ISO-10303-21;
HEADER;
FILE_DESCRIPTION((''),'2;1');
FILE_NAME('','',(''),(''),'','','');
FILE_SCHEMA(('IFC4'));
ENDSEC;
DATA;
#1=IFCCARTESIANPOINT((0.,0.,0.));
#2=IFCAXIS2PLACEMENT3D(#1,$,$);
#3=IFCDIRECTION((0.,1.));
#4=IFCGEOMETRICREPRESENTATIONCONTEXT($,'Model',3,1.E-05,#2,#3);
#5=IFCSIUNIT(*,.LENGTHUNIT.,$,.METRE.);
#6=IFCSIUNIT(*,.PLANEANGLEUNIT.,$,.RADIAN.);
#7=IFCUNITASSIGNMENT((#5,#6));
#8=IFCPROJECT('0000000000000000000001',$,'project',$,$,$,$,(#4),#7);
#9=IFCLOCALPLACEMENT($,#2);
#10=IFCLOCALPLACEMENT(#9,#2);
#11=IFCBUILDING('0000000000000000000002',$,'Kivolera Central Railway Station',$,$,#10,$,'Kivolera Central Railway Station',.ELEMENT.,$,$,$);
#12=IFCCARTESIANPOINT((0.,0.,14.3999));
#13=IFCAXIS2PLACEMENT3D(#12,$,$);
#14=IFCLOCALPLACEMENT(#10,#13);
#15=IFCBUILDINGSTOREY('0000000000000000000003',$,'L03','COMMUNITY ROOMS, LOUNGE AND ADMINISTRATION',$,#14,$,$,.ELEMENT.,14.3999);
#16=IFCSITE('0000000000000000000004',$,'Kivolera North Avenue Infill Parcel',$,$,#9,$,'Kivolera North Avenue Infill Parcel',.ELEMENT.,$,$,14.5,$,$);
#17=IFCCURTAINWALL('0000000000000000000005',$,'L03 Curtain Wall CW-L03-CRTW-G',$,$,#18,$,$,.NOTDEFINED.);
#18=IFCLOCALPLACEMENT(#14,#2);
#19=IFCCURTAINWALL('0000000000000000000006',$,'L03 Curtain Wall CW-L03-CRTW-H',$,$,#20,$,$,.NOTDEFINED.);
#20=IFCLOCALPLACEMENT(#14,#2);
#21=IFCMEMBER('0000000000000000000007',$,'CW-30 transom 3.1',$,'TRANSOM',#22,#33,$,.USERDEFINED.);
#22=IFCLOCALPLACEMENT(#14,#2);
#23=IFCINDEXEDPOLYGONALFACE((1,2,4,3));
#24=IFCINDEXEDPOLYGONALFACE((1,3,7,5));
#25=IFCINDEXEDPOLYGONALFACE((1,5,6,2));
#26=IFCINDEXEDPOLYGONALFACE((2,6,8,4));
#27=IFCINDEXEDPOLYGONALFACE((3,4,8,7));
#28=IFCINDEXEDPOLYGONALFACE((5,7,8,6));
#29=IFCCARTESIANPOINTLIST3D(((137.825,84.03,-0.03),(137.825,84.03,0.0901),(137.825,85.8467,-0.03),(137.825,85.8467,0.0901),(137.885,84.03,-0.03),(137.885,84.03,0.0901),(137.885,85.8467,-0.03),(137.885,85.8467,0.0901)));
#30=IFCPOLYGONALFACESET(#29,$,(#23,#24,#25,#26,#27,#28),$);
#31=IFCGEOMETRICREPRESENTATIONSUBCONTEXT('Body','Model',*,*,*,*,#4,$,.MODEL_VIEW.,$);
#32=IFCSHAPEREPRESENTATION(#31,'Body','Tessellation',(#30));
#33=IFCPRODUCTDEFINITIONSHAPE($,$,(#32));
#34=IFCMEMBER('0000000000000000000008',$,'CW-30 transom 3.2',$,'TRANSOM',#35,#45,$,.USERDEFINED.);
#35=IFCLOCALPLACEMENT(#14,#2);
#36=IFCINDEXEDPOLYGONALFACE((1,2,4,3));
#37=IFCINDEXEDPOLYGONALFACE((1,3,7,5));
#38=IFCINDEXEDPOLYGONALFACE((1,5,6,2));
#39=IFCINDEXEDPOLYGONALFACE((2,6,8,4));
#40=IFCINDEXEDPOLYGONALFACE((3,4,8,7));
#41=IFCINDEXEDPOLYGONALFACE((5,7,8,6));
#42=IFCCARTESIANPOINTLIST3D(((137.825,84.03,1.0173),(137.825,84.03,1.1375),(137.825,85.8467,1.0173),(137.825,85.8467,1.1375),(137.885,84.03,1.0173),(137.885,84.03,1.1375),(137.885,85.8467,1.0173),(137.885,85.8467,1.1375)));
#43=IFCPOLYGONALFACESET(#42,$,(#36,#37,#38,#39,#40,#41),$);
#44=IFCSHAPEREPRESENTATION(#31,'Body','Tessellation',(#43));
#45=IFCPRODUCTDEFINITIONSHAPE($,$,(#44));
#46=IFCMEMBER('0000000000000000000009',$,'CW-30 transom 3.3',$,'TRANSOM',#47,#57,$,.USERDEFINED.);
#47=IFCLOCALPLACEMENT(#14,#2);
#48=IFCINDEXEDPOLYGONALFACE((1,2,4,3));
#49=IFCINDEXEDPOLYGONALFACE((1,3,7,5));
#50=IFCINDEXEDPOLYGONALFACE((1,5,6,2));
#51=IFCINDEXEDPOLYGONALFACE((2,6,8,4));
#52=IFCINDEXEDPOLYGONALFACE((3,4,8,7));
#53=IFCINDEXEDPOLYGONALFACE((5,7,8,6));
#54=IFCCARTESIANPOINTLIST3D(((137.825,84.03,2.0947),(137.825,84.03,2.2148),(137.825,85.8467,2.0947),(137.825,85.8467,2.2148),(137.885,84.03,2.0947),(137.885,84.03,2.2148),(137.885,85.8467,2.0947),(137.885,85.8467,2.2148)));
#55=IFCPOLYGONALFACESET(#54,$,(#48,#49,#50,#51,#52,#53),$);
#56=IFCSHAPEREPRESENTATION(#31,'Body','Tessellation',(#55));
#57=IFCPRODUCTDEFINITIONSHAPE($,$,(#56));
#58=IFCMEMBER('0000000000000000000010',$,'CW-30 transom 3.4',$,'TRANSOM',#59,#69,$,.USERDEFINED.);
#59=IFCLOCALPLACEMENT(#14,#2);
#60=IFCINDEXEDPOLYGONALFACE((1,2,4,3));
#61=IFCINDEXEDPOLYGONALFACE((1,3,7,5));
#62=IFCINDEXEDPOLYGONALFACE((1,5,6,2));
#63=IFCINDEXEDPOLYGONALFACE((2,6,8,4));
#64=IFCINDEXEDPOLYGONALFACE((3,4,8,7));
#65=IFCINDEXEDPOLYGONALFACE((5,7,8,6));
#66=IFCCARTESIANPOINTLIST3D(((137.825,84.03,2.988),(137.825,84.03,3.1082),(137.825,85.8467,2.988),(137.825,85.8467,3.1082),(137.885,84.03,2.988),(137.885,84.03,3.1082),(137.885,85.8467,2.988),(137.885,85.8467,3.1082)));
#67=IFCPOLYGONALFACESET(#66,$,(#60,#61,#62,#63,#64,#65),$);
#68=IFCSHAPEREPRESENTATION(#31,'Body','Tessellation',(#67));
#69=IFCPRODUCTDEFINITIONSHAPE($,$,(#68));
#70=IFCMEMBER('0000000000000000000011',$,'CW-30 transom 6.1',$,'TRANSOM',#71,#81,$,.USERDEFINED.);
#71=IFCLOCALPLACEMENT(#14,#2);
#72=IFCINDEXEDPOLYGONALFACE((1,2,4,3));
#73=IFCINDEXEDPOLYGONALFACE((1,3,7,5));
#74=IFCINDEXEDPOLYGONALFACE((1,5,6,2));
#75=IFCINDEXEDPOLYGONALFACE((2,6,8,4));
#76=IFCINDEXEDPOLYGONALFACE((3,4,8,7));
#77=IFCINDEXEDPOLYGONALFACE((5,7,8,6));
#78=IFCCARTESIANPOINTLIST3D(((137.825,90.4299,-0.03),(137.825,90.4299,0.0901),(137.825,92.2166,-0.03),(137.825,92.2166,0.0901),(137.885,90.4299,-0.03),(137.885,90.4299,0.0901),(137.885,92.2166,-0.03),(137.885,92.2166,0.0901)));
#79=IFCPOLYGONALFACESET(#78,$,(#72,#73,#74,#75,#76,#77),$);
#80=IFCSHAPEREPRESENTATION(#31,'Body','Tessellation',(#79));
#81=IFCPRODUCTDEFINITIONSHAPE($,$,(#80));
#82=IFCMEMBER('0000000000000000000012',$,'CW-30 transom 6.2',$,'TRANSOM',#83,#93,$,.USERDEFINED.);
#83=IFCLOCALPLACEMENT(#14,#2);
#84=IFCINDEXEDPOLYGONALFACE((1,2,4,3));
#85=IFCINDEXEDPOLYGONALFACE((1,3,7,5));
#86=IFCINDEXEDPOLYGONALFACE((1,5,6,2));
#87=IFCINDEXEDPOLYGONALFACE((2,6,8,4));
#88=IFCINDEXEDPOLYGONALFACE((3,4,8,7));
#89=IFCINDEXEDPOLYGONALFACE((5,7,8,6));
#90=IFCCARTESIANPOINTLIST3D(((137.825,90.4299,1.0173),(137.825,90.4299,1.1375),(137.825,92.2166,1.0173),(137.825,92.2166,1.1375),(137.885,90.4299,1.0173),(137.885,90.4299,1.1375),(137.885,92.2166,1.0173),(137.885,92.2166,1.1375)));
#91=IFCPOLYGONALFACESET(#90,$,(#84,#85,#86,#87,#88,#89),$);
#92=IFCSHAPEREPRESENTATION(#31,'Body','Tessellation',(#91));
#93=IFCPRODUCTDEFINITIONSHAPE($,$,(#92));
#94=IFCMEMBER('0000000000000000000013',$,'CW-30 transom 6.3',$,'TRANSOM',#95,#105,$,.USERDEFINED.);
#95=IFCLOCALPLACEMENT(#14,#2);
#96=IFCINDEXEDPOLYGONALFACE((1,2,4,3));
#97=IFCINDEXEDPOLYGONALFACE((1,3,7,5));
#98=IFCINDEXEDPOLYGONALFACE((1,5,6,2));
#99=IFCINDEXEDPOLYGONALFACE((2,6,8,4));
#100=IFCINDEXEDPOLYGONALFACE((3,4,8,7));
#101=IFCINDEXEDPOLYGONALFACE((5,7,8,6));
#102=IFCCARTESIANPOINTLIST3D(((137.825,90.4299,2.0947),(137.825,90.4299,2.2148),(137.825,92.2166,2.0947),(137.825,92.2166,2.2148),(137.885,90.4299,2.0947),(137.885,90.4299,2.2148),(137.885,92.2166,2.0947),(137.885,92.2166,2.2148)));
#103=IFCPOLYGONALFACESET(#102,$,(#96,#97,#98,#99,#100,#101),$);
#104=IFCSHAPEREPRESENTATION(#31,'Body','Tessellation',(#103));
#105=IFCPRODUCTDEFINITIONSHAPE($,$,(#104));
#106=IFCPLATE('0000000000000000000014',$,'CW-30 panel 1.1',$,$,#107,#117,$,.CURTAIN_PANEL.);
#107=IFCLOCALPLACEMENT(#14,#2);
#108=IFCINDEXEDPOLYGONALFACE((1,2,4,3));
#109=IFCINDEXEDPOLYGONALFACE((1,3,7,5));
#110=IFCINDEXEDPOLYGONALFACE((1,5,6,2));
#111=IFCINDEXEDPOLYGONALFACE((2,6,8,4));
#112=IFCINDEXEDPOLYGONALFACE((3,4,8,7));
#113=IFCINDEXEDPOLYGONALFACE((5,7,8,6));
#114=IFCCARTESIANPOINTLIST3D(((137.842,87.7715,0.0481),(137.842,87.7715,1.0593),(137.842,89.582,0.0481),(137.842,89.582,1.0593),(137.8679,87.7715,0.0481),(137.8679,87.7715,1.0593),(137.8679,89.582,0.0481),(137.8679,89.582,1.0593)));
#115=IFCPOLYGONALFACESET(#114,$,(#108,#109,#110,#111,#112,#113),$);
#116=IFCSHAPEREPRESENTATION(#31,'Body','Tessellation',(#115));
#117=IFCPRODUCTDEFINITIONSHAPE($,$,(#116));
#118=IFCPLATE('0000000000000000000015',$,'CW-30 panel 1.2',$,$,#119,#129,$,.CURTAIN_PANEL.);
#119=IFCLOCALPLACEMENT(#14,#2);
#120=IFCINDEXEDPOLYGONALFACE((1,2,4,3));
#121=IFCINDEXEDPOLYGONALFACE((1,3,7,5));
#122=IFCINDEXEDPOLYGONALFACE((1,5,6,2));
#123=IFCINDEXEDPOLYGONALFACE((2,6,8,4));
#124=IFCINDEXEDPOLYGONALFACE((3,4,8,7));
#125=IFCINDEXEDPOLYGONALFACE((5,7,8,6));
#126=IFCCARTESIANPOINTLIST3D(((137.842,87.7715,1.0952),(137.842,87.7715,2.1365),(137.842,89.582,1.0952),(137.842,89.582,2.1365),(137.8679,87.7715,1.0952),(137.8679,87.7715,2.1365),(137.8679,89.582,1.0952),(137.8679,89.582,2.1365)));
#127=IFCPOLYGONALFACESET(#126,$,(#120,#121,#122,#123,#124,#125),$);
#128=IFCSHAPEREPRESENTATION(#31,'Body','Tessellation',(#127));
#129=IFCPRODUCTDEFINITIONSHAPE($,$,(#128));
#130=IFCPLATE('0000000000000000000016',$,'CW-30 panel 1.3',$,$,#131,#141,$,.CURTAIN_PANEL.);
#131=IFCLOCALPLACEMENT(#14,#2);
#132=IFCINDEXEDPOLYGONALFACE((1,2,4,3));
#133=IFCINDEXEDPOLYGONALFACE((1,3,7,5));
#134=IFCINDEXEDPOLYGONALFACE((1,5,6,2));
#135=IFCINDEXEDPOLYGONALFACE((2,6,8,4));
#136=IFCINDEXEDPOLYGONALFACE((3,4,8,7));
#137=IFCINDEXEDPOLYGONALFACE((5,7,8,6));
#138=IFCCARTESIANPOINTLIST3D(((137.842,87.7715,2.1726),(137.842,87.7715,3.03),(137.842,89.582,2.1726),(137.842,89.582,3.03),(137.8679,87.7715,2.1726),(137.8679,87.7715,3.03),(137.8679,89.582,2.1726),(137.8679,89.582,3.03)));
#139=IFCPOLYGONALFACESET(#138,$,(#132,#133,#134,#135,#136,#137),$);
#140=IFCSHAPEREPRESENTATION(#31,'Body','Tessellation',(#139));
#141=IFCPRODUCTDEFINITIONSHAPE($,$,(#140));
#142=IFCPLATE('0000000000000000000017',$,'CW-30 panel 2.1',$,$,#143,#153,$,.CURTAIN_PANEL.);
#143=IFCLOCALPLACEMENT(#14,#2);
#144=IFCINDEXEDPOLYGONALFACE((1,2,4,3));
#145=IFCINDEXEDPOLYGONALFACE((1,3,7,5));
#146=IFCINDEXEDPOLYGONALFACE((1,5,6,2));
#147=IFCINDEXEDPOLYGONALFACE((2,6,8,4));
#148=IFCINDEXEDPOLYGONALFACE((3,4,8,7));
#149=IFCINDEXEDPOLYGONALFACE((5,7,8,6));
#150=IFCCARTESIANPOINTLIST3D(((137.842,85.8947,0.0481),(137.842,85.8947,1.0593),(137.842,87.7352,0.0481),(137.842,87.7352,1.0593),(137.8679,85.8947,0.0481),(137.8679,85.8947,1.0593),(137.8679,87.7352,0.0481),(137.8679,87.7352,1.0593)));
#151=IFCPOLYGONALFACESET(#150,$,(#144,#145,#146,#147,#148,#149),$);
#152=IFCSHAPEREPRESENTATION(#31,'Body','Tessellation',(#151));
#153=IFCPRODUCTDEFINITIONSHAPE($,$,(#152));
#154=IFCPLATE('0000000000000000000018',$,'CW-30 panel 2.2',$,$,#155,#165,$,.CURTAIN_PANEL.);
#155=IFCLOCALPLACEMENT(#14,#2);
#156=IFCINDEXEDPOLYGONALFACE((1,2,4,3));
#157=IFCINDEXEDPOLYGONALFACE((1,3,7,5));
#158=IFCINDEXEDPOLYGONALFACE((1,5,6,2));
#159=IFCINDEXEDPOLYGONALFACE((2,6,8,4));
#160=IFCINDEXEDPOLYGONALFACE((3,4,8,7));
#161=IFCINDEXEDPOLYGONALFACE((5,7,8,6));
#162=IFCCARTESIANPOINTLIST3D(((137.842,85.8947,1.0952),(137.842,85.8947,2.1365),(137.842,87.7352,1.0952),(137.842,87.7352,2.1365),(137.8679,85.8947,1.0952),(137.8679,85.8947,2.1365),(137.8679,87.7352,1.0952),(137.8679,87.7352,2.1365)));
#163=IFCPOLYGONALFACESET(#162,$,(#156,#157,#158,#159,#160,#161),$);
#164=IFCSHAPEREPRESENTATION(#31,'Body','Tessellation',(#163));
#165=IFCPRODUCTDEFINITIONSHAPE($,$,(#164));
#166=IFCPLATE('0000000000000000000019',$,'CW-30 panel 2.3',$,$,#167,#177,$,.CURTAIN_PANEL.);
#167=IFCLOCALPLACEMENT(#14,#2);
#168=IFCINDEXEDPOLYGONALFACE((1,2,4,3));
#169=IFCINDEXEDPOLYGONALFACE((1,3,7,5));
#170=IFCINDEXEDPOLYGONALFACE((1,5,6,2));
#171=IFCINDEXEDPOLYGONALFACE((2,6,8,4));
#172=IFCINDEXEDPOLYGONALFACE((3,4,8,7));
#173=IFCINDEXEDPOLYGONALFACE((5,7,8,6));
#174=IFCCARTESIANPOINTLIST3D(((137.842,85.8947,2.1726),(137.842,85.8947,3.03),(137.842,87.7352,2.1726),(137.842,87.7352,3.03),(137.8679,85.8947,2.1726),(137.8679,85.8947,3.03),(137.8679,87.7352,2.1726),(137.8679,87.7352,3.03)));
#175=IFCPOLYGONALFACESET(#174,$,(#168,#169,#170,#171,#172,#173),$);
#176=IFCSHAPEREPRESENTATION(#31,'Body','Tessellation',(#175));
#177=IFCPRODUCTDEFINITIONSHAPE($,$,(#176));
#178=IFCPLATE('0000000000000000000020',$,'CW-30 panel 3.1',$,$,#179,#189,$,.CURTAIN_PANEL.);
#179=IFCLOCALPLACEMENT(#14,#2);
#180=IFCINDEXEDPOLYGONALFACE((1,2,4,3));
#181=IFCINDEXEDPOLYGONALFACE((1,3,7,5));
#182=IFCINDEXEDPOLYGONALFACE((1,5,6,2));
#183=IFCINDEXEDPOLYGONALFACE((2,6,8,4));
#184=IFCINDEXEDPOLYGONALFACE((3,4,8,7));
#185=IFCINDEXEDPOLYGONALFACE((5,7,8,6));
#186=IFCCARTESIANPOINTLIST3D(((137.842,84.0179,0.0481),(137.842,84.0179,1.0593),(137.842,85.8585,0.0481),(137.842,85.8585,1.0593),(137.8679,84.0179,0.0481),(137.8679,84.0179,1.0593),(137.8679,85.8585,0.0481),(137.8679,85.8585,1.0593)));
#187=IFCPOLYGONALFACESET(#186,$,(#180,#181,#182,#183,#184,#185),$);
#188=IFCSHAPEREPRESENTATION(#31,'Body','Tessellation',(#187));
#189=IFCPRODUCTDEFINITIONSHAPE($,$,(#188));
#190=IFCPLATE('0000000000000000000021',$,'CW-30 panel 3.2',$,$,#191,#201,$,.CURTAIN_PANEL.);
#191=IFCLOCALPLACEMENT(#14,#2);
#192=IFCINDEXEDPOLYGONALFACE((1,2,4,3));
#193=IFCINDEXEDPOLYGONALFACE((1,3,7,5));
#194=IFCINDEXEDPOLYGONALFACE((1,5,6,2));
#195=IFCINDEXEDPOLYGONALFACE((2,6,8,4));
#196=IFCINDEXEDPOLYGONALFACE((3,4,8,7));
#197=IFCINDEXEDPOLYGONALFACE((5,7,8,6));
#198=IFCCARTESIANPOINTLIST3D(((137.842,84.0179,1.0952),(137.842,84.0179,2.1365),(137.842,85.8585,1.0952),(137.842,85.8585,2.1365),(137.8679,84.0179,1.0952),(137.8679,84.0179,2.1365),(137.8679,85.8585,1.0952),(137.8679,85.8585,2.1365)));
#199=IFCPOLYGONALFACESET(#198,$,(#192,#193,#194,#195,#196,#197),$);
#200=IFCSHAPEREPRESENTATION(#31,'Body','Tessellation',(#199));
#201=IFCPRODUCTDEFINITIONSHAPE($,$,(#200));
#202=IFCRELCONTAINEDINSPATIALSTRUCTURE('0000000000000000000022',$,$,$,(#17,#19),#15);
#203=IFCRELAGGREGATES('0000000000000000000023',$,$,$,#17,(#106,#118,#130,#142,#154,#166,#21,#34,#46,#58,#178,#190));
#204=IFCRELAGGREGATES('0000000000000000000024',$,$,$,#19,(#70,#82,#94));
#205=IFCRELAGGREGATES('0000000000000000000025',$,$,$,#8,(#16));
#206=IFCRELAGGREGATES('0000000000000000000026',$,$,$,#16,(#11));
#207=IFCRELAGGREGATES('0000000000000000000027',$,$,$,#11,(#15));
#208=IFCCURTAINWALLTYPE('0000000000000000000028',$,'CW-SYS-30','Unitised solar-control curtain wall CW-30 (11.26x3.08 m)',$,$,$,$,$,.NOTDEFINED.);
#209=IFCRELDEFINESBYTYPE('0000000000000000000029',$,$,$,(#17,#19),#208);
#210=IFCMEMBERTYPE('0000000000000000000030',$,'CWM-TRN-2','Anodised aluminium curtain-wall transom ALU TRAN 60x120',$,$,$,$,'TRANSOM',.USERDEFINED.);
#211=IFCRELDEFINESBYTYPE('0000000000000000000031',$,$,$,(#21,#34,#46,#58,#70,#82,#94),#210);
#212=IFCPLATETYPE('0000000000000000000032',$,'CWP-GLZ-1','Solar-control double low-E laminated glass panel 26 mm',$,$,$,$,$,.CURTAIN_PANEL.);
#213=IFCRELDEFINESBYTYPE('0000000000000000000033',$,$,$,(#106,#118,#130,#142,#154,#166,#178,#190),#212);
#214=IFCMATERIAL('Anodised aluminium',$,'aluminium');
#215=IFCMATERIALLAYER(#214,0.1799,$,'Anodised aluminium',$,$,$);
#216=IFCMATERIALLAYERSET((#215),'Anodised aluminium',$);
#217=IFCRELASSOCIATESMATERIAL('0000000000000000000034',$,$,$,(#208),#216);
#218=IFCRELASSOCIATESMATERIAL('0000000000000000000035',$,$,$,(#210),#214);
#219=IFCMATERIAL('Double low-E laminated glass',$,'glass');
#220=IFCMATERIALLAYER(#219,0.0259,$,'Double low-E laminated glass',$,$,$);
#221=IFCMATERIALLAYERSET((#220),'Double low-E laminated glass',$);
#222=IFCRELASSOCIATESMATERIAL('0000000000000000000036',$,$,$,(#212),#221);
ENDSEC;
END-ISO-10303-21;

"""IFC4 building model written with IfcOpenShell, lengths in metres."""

from ifc_helpers import new_model, si_unit, direction, frame, origin, origin_2d, place, context, subcontext, project, spatial, rectangle, extrude, material, layer, layer_set, material_profile, profile_set, type_object, element, aggregate, save


model = new_model("IFC4")

# Units and contexts
model_context = context("Model", 3, precision=1e-05, world=origin(), true_north=direction((0.0, 1.0)))
body_context = subcontext(model_context, "Body", "Model", "MODEL_VIEW")
ifc_project = project(units=[si_unit("LENGTHUNIT", "METRE"), si_unit("PLANEANGLEUNIT", "RADIAN")], contexts=[model_context])

# Site, building, storey
site_placement = place(None, origin())
site = spatial("IfcSite", under=ifc_project, at=site_placement, Name="Kivolera North Avenue Infill Parcel", LongName="Kivolera North Avenue Infill Parcel", CompositionType="ELEMENT", RefElevation=14.5)
building_placement = place(site_placement, origin())
building = spatial("IfcBuilding", under=site, at=building_placement, Name="Kivolera Central Railway Station", LongName="Kivolera Central Railway Station", CompositionType="ELEMENT")
storey_placement = place(building_placement, frame((0.0, 0.0, 14.3999)))
storey = spatial("IfcBuildingStorey", under=building, at=storey_placement, Name="L03", Description="COMMUNITY ROOMS, LOUNGE AND ADMINISTRATION", CompositionType="ELEMENT", Elevation=14.3999)

# Curtain wall
ifc_material_1 = material(Name="Anodised aluminium", Category="aluminium")
ifc_layer_1 = layer(ifc_material_1, 0.1799, Name="Anodised aluminium")
ifc_layer_set_1 = layer_set([ifc_layer_1], Name="Anodised aluminium")
curtain_wall_type = type_object("IfcCurtainWallType", Name="CW-SYS-30", Description="Unitised solar-control curtain wall CW-30 (11.26x3.08 m)", PredefinedType="NOTDEFINED", material=ifc_layer_set_1)
curtain_wall_1_placement = place(storey_placement, origin())
curtain_wall_1 = element("IfcCurtainWall", 1, at=curtain_wall_1_placement, inside=storey, type_object=curtain_wall_type, Name="L03 Curtain Wall CW-L03-CRTW-G", PredefinedType="NOTDEFINED")

# Curtain wall
curtain_wall_2_placement = place(storey_placement, origin())
curtain_wall_2 = element("IfcCurtainWall", 2, at=curtain_wall_2_placement, inside=storey, type_object=curtain_wall_type, Name="L03 Curtain Wall CW-L03-CRTW-H", PredefinedType="NOTDEFINED")

# Members
ifc_material_profile_1 = material_profile(ifc_material_1, rectangle(XDim=0.0601, YDim=0.1201, at=origin_2d()), Name="ALU TRAN 60x120")
ifc_profile_set_1 = profile_set([ifc_material_profile_1], Name="Anodised aluminium")
member_type_1 = type_object("IfcMemberType", Name="CWM-TRN-2", Description="Anodised aluminium curtain-wall transom ALU TRAN 60x120", ElementType="TRANSOM", PredefinedType="USERDEFINED", material=ifc_profile_set_1)
member_1_placement = place(storey_placement, frame((137.855, 85.8467, 0.03), z_axis=(0.0, -1.0, 0.0), x_axis=(1.0, 0.0, 0.0)))
member_1 = element("IfcMember", 3, at=member_1_placement, type_object=member_type_1, Name="CW-30 transom 3.1", ObjectType="TRANSOM", PredefinedType="USERDEFINED", context=body_context, shape_type="SweptSolid", body=[
    extrude(rectangle(XDim=0.0601, YDim=0.1201, at=origin_2d()), origin(), (0.0, 0.0, 1.0), 1.8167),
])
member_2_placement = place(storey_placement, frame((137.855, 85.8467, 1.0774), z_axis=(0.0, -1.0, 0.0), x_axis=(1.0, 0.0, 0.0)))
member_2 = element("IfcMember", 4, at=member_2_placement, type_object=member_type_1, Name="CW-30 transom 3.2", ObjectType="TRANSOM", PredefinedType="USERDEFINED", context=body_context, shape_type="SweptSolid", body=[
    extrude(rectangle(XDim=0.0601, YDim=0.1201, at=origin_2d()), origin(), (0.0, 0.0, 1.0), 1.8167),
])
member_3_placement = place(storey_placement, frame((137.855, 85.8467, 2.1548), z_axis=(0.0, -1.0, 0.0), x_axis=(1.0, 0.0, 0.0)))
member_3 = element("IfcMember", 5, at=member_3_placement, type_object=member_type_1, Name="CW-30 transom 3.3", ObjectType="TRANSOM", PredefinedType="USERDEFINED", context=body_context, shape_type="SweptSolid", body=[
    extrude(rectangle(XDim=0.0601, YDim=0.1201, at=origin_2d()), origin(), (0.0, 0.0, 1.0), 1.8167),
])
member_4_placement = place(storey_placement, frame((137.855, 85.8467, 3.0481), z_axis=(0.0, -1.0, 0.0), x_axis=(1.0, 0.0, 0.0)))
member_4 = element("IfcMember", 6, at=member_4_placement, type_object=member_type_1, Name="CW-30 transom 3.4", ObjectType="TRANSOM", PredefinedType="USERDEFINED", context=body_context, shape_type="SweptSolid", body=[
    extrude(rectangle(XDim=0.0601, YDim=0.1201, at=origin_2d()), origin(), (0.0, 0.0, 1.0), 1.8167),
])
member_5_placement = place(storey_placement, frame((137.855, 92.2166, 0.03), z_axis=(0.0, -1.0, 0.0), x_axis=(1.0, 0.0, 0.0)))
member_5 = element("IfcMember", 7, at=member_5_placement, type_object=member_type_1, Name="CW-30 transom 6.1", ObjectType="TRANSOM", PredefinedType="USERDEFINED", context=body_context, shape_type="SweptSolid", body=[
    extrude(rectangle(XDim=0.0601, YDim=0.1201, at=origin_2d()), origin(), (0.0, 0.0, 1.0), 1.7866),
])
member_6_placement = place(storey_placement, frame((137.855, 92.2166, 1.0774), z_axis=(0.0, -1.0, 0.0), x_axis=(1.0, 0.0, 0.0)))
member_6 = element("IfcMember", 8, at=member_6_placement, type_object=member_type_1, Name="CW-30 transom 6.2", ObjectType="TRANSOM", PredefinedType="USERDEFINED", context=body_context, shape_type="SweptSolid", body=[
    extrude(rectangle(XDim=0.0601, YDim=0.1201, at=origin_2d()), origin(), (0.0, 0.0, 1.0), 1.7866),
])
member_7_placement = place(storey_placement, frame((137.855, 92.2166, 2.1548), z_axis=(0.0, -1.0, 0.0), x_axis=(1.0, 0.0, 0.0)))
member_7 = element("IfcMember", 9, at=member_7_placement, type_object=member_type_1, Name="CW-30 transom 6.3", ObjectType="TRANSOM", PredefinedType="USERDEFINED", context=body_context, shape_type="SweptSolid", body=[
    extrude(rectangle(XDim=0.0601, YDim=0.1201, at=origin_2d()), origin(), (0.0, 0.0, 1.0), 1.7866),
])

# Plates
ifc_material_2 = material(Name="Double low-E laminated glass", Category="glass")
ifc_layer_2 = layer(ifc_material_2, 0.0259, Name="Double low-E laminated glass")
ifc_layer_set_2 = layer_set([ifc_layer_2], Name="Double low-E laminated glass")
plate_type = type_object("IfcPlateType", Name="CWP-GLZ-1", Description="Solar-control double low-E laminated glass panel 26 mm", PredefinedType="CURTAIN_PANEL", material=ifc_layer_set_2)
plate_1_placement = place(storey_placement, frame((137.855, 88.6768, 0.0481), z_axis=(0.0, 0.0, 1.0), x_axis=(0.0, -1.0, 0.0)))
plate_1 = element("IfcPlate", 10, at=plate_1_placement, type_object=plate_type, Name="CW-30 panel 1.1", PredefinedType="CURTAIN_PANEL", context=body_context, shape_type="SweptSolid", body=[
    extrude(rectangle(XDim=1.8105, YDim=0.0259, at=origin_2d()), origin(), (0.0, 0.0, 1.0), 1.0112),
])
plate_2_placement = place(storey_placement, frame((137.855, 88.6768, 1.0952), z_axis=(0.0, 0.0, 1.0), x_axis=(0.0, -1.0, 0.0)))
plate_2 = element("IfcPlate", 11, at=plate_2_placement, type_object=plate_type, Name="CW-30 panel 1.2", PredefinedType="CURTAIN_PANEL", context=body_context, shape_type="SweptSolid", body=[
    extrude(rectangle(XDim=1.8105, YDim=0.0259, at=origin_2d()), origin(), (0.0, 0.0, 1.0), 1.0413),
])
plate_3_placement = place(storey_placement, frame((137.855, 88.6768, 2.1726), z_axis=(0.0, 0.0, 1.0), x_axis=(0.0, -1.0, 0.0)))
plate_3 = element("IfcPlate", 12, at=plate_3_placement, type_object=plate_type, Name="CW-30 panel 1.3", PredefinedType="CURTAIN_PANEL", context=body_context, shape_type="SweptSolid", body=[
    extrude(rectangle(XDim=1.8105, YDim=0.0259, at=origin_2d()), origin(), (0.0, 0.0, 1.0), 0.8574),
])
plate_4_placement = place(storey_placement, frame((137.855, 86.8149, 0.0481), z_axis=(0.0, 0.0, 1.0), x_axis=(0.0, -1.0, 0.0)))
plate_4 = element("IfcPlate", 13, at=plate_4_placement, type_object=plate_type, Name="CW-30 panel 2.1", PredefinedType="CURTAIN_PANEL", context=body_context, shape_type="SweptSolid", body=[
    extrude(rectangle(XDim=1.8406, YDim=0.0259, at=origin_2d()), origin(), (0.0, 0.0, 1.0), 1.0112),
])
plate_5_placement = place(storey_placement, frame((137.855, 86.8149, 1.0952), z_axis=(0.0, 0.0, 1.0), x_axis=(0.0, -1.0, 0.0)))
plate_5 = element("IfcPlate", 14, at=plate_5_placement, type_object=plate_type, Name="CW-30 panel 2.2", PredefinedType="CURTAIN_PANEL", context=body_context, shape_type="SweptSolid", body=[
    extrude(rectangle(XDim=1.8406, YDim=0.0259, at=origin_2d()), origin(), (0.0, 0.0, 1.0), 1.0413),
])
plate_6_placement = place(storey_placement, frame((137.855, 86.8149, 2.1726), z_axis=(0.0, 0.0, 1.0), x_axis=(0.0, -1.0, 0.0)))
plate_6 = element("IfcPlate", 15, at=plate_6_placement, type_object=plate_type, Name="CW-30 panel 2.3", PredefinedType="CURTAIN_PANEL", context=body_context, shape_type="SweptSolid", body=[
    extrude(rectangle(XDim=1.8406, YDim=0.0259, at=origin_2d()), origin(), (0.0, 0.0, 1.0), 0.8574),
])
plate_7_placement = place(storey_placement, frame((137.855, 84.9382, 0.0481), z_axis=(0.0, 0.0, 1.0), x_axis=(0.0, -1.0, 0.0)))
plate_7 = element("IfcPlate", 16, at=plate_7_placement, type_object=plate_type, Name="CW-30 panel 3.1", PredefinedType="CURTAIN_PANEL", context=body_context, shape_type="SweptSolid", body=[
    extrude(rectangle(XDim=1.8406, YDim=0.0259, at=origin_2d()), origin(), (0.0, 0.0, 1.0), 1.0112),
])
plate_8_placement = place(storey_placement, frame((137.855, 84.9382, 1.0952), z_axis=(0.0, 0.0, 1.0), x_axis=(0.0, -1.0, 0.0)))
plate_8 = element("IfcPlate", 17, at=plate_8_placement, type_object=plate_type, Name="CW-30 panel 3.2", PredefinedType="CURTAIN_PANEL", context=body_context, shape_type="SweptSolid", body=[
    extrude(rectangle(XDim=1.8406, YDim=0.0259, at=origin_2d()), origin(), (0.0, 0.0, 1.0), 1.0413),
])
aggregate(curtain_wall_1, [plate_1, plate_2, plate_3, plate_4, plate_5, plate_6, member_1, member_2, member_3, member_4, plate_7, plate_8])
aggregate(curtain_wall_2, [member_5, member_6, member_7])

save(model, "model.ifc")
